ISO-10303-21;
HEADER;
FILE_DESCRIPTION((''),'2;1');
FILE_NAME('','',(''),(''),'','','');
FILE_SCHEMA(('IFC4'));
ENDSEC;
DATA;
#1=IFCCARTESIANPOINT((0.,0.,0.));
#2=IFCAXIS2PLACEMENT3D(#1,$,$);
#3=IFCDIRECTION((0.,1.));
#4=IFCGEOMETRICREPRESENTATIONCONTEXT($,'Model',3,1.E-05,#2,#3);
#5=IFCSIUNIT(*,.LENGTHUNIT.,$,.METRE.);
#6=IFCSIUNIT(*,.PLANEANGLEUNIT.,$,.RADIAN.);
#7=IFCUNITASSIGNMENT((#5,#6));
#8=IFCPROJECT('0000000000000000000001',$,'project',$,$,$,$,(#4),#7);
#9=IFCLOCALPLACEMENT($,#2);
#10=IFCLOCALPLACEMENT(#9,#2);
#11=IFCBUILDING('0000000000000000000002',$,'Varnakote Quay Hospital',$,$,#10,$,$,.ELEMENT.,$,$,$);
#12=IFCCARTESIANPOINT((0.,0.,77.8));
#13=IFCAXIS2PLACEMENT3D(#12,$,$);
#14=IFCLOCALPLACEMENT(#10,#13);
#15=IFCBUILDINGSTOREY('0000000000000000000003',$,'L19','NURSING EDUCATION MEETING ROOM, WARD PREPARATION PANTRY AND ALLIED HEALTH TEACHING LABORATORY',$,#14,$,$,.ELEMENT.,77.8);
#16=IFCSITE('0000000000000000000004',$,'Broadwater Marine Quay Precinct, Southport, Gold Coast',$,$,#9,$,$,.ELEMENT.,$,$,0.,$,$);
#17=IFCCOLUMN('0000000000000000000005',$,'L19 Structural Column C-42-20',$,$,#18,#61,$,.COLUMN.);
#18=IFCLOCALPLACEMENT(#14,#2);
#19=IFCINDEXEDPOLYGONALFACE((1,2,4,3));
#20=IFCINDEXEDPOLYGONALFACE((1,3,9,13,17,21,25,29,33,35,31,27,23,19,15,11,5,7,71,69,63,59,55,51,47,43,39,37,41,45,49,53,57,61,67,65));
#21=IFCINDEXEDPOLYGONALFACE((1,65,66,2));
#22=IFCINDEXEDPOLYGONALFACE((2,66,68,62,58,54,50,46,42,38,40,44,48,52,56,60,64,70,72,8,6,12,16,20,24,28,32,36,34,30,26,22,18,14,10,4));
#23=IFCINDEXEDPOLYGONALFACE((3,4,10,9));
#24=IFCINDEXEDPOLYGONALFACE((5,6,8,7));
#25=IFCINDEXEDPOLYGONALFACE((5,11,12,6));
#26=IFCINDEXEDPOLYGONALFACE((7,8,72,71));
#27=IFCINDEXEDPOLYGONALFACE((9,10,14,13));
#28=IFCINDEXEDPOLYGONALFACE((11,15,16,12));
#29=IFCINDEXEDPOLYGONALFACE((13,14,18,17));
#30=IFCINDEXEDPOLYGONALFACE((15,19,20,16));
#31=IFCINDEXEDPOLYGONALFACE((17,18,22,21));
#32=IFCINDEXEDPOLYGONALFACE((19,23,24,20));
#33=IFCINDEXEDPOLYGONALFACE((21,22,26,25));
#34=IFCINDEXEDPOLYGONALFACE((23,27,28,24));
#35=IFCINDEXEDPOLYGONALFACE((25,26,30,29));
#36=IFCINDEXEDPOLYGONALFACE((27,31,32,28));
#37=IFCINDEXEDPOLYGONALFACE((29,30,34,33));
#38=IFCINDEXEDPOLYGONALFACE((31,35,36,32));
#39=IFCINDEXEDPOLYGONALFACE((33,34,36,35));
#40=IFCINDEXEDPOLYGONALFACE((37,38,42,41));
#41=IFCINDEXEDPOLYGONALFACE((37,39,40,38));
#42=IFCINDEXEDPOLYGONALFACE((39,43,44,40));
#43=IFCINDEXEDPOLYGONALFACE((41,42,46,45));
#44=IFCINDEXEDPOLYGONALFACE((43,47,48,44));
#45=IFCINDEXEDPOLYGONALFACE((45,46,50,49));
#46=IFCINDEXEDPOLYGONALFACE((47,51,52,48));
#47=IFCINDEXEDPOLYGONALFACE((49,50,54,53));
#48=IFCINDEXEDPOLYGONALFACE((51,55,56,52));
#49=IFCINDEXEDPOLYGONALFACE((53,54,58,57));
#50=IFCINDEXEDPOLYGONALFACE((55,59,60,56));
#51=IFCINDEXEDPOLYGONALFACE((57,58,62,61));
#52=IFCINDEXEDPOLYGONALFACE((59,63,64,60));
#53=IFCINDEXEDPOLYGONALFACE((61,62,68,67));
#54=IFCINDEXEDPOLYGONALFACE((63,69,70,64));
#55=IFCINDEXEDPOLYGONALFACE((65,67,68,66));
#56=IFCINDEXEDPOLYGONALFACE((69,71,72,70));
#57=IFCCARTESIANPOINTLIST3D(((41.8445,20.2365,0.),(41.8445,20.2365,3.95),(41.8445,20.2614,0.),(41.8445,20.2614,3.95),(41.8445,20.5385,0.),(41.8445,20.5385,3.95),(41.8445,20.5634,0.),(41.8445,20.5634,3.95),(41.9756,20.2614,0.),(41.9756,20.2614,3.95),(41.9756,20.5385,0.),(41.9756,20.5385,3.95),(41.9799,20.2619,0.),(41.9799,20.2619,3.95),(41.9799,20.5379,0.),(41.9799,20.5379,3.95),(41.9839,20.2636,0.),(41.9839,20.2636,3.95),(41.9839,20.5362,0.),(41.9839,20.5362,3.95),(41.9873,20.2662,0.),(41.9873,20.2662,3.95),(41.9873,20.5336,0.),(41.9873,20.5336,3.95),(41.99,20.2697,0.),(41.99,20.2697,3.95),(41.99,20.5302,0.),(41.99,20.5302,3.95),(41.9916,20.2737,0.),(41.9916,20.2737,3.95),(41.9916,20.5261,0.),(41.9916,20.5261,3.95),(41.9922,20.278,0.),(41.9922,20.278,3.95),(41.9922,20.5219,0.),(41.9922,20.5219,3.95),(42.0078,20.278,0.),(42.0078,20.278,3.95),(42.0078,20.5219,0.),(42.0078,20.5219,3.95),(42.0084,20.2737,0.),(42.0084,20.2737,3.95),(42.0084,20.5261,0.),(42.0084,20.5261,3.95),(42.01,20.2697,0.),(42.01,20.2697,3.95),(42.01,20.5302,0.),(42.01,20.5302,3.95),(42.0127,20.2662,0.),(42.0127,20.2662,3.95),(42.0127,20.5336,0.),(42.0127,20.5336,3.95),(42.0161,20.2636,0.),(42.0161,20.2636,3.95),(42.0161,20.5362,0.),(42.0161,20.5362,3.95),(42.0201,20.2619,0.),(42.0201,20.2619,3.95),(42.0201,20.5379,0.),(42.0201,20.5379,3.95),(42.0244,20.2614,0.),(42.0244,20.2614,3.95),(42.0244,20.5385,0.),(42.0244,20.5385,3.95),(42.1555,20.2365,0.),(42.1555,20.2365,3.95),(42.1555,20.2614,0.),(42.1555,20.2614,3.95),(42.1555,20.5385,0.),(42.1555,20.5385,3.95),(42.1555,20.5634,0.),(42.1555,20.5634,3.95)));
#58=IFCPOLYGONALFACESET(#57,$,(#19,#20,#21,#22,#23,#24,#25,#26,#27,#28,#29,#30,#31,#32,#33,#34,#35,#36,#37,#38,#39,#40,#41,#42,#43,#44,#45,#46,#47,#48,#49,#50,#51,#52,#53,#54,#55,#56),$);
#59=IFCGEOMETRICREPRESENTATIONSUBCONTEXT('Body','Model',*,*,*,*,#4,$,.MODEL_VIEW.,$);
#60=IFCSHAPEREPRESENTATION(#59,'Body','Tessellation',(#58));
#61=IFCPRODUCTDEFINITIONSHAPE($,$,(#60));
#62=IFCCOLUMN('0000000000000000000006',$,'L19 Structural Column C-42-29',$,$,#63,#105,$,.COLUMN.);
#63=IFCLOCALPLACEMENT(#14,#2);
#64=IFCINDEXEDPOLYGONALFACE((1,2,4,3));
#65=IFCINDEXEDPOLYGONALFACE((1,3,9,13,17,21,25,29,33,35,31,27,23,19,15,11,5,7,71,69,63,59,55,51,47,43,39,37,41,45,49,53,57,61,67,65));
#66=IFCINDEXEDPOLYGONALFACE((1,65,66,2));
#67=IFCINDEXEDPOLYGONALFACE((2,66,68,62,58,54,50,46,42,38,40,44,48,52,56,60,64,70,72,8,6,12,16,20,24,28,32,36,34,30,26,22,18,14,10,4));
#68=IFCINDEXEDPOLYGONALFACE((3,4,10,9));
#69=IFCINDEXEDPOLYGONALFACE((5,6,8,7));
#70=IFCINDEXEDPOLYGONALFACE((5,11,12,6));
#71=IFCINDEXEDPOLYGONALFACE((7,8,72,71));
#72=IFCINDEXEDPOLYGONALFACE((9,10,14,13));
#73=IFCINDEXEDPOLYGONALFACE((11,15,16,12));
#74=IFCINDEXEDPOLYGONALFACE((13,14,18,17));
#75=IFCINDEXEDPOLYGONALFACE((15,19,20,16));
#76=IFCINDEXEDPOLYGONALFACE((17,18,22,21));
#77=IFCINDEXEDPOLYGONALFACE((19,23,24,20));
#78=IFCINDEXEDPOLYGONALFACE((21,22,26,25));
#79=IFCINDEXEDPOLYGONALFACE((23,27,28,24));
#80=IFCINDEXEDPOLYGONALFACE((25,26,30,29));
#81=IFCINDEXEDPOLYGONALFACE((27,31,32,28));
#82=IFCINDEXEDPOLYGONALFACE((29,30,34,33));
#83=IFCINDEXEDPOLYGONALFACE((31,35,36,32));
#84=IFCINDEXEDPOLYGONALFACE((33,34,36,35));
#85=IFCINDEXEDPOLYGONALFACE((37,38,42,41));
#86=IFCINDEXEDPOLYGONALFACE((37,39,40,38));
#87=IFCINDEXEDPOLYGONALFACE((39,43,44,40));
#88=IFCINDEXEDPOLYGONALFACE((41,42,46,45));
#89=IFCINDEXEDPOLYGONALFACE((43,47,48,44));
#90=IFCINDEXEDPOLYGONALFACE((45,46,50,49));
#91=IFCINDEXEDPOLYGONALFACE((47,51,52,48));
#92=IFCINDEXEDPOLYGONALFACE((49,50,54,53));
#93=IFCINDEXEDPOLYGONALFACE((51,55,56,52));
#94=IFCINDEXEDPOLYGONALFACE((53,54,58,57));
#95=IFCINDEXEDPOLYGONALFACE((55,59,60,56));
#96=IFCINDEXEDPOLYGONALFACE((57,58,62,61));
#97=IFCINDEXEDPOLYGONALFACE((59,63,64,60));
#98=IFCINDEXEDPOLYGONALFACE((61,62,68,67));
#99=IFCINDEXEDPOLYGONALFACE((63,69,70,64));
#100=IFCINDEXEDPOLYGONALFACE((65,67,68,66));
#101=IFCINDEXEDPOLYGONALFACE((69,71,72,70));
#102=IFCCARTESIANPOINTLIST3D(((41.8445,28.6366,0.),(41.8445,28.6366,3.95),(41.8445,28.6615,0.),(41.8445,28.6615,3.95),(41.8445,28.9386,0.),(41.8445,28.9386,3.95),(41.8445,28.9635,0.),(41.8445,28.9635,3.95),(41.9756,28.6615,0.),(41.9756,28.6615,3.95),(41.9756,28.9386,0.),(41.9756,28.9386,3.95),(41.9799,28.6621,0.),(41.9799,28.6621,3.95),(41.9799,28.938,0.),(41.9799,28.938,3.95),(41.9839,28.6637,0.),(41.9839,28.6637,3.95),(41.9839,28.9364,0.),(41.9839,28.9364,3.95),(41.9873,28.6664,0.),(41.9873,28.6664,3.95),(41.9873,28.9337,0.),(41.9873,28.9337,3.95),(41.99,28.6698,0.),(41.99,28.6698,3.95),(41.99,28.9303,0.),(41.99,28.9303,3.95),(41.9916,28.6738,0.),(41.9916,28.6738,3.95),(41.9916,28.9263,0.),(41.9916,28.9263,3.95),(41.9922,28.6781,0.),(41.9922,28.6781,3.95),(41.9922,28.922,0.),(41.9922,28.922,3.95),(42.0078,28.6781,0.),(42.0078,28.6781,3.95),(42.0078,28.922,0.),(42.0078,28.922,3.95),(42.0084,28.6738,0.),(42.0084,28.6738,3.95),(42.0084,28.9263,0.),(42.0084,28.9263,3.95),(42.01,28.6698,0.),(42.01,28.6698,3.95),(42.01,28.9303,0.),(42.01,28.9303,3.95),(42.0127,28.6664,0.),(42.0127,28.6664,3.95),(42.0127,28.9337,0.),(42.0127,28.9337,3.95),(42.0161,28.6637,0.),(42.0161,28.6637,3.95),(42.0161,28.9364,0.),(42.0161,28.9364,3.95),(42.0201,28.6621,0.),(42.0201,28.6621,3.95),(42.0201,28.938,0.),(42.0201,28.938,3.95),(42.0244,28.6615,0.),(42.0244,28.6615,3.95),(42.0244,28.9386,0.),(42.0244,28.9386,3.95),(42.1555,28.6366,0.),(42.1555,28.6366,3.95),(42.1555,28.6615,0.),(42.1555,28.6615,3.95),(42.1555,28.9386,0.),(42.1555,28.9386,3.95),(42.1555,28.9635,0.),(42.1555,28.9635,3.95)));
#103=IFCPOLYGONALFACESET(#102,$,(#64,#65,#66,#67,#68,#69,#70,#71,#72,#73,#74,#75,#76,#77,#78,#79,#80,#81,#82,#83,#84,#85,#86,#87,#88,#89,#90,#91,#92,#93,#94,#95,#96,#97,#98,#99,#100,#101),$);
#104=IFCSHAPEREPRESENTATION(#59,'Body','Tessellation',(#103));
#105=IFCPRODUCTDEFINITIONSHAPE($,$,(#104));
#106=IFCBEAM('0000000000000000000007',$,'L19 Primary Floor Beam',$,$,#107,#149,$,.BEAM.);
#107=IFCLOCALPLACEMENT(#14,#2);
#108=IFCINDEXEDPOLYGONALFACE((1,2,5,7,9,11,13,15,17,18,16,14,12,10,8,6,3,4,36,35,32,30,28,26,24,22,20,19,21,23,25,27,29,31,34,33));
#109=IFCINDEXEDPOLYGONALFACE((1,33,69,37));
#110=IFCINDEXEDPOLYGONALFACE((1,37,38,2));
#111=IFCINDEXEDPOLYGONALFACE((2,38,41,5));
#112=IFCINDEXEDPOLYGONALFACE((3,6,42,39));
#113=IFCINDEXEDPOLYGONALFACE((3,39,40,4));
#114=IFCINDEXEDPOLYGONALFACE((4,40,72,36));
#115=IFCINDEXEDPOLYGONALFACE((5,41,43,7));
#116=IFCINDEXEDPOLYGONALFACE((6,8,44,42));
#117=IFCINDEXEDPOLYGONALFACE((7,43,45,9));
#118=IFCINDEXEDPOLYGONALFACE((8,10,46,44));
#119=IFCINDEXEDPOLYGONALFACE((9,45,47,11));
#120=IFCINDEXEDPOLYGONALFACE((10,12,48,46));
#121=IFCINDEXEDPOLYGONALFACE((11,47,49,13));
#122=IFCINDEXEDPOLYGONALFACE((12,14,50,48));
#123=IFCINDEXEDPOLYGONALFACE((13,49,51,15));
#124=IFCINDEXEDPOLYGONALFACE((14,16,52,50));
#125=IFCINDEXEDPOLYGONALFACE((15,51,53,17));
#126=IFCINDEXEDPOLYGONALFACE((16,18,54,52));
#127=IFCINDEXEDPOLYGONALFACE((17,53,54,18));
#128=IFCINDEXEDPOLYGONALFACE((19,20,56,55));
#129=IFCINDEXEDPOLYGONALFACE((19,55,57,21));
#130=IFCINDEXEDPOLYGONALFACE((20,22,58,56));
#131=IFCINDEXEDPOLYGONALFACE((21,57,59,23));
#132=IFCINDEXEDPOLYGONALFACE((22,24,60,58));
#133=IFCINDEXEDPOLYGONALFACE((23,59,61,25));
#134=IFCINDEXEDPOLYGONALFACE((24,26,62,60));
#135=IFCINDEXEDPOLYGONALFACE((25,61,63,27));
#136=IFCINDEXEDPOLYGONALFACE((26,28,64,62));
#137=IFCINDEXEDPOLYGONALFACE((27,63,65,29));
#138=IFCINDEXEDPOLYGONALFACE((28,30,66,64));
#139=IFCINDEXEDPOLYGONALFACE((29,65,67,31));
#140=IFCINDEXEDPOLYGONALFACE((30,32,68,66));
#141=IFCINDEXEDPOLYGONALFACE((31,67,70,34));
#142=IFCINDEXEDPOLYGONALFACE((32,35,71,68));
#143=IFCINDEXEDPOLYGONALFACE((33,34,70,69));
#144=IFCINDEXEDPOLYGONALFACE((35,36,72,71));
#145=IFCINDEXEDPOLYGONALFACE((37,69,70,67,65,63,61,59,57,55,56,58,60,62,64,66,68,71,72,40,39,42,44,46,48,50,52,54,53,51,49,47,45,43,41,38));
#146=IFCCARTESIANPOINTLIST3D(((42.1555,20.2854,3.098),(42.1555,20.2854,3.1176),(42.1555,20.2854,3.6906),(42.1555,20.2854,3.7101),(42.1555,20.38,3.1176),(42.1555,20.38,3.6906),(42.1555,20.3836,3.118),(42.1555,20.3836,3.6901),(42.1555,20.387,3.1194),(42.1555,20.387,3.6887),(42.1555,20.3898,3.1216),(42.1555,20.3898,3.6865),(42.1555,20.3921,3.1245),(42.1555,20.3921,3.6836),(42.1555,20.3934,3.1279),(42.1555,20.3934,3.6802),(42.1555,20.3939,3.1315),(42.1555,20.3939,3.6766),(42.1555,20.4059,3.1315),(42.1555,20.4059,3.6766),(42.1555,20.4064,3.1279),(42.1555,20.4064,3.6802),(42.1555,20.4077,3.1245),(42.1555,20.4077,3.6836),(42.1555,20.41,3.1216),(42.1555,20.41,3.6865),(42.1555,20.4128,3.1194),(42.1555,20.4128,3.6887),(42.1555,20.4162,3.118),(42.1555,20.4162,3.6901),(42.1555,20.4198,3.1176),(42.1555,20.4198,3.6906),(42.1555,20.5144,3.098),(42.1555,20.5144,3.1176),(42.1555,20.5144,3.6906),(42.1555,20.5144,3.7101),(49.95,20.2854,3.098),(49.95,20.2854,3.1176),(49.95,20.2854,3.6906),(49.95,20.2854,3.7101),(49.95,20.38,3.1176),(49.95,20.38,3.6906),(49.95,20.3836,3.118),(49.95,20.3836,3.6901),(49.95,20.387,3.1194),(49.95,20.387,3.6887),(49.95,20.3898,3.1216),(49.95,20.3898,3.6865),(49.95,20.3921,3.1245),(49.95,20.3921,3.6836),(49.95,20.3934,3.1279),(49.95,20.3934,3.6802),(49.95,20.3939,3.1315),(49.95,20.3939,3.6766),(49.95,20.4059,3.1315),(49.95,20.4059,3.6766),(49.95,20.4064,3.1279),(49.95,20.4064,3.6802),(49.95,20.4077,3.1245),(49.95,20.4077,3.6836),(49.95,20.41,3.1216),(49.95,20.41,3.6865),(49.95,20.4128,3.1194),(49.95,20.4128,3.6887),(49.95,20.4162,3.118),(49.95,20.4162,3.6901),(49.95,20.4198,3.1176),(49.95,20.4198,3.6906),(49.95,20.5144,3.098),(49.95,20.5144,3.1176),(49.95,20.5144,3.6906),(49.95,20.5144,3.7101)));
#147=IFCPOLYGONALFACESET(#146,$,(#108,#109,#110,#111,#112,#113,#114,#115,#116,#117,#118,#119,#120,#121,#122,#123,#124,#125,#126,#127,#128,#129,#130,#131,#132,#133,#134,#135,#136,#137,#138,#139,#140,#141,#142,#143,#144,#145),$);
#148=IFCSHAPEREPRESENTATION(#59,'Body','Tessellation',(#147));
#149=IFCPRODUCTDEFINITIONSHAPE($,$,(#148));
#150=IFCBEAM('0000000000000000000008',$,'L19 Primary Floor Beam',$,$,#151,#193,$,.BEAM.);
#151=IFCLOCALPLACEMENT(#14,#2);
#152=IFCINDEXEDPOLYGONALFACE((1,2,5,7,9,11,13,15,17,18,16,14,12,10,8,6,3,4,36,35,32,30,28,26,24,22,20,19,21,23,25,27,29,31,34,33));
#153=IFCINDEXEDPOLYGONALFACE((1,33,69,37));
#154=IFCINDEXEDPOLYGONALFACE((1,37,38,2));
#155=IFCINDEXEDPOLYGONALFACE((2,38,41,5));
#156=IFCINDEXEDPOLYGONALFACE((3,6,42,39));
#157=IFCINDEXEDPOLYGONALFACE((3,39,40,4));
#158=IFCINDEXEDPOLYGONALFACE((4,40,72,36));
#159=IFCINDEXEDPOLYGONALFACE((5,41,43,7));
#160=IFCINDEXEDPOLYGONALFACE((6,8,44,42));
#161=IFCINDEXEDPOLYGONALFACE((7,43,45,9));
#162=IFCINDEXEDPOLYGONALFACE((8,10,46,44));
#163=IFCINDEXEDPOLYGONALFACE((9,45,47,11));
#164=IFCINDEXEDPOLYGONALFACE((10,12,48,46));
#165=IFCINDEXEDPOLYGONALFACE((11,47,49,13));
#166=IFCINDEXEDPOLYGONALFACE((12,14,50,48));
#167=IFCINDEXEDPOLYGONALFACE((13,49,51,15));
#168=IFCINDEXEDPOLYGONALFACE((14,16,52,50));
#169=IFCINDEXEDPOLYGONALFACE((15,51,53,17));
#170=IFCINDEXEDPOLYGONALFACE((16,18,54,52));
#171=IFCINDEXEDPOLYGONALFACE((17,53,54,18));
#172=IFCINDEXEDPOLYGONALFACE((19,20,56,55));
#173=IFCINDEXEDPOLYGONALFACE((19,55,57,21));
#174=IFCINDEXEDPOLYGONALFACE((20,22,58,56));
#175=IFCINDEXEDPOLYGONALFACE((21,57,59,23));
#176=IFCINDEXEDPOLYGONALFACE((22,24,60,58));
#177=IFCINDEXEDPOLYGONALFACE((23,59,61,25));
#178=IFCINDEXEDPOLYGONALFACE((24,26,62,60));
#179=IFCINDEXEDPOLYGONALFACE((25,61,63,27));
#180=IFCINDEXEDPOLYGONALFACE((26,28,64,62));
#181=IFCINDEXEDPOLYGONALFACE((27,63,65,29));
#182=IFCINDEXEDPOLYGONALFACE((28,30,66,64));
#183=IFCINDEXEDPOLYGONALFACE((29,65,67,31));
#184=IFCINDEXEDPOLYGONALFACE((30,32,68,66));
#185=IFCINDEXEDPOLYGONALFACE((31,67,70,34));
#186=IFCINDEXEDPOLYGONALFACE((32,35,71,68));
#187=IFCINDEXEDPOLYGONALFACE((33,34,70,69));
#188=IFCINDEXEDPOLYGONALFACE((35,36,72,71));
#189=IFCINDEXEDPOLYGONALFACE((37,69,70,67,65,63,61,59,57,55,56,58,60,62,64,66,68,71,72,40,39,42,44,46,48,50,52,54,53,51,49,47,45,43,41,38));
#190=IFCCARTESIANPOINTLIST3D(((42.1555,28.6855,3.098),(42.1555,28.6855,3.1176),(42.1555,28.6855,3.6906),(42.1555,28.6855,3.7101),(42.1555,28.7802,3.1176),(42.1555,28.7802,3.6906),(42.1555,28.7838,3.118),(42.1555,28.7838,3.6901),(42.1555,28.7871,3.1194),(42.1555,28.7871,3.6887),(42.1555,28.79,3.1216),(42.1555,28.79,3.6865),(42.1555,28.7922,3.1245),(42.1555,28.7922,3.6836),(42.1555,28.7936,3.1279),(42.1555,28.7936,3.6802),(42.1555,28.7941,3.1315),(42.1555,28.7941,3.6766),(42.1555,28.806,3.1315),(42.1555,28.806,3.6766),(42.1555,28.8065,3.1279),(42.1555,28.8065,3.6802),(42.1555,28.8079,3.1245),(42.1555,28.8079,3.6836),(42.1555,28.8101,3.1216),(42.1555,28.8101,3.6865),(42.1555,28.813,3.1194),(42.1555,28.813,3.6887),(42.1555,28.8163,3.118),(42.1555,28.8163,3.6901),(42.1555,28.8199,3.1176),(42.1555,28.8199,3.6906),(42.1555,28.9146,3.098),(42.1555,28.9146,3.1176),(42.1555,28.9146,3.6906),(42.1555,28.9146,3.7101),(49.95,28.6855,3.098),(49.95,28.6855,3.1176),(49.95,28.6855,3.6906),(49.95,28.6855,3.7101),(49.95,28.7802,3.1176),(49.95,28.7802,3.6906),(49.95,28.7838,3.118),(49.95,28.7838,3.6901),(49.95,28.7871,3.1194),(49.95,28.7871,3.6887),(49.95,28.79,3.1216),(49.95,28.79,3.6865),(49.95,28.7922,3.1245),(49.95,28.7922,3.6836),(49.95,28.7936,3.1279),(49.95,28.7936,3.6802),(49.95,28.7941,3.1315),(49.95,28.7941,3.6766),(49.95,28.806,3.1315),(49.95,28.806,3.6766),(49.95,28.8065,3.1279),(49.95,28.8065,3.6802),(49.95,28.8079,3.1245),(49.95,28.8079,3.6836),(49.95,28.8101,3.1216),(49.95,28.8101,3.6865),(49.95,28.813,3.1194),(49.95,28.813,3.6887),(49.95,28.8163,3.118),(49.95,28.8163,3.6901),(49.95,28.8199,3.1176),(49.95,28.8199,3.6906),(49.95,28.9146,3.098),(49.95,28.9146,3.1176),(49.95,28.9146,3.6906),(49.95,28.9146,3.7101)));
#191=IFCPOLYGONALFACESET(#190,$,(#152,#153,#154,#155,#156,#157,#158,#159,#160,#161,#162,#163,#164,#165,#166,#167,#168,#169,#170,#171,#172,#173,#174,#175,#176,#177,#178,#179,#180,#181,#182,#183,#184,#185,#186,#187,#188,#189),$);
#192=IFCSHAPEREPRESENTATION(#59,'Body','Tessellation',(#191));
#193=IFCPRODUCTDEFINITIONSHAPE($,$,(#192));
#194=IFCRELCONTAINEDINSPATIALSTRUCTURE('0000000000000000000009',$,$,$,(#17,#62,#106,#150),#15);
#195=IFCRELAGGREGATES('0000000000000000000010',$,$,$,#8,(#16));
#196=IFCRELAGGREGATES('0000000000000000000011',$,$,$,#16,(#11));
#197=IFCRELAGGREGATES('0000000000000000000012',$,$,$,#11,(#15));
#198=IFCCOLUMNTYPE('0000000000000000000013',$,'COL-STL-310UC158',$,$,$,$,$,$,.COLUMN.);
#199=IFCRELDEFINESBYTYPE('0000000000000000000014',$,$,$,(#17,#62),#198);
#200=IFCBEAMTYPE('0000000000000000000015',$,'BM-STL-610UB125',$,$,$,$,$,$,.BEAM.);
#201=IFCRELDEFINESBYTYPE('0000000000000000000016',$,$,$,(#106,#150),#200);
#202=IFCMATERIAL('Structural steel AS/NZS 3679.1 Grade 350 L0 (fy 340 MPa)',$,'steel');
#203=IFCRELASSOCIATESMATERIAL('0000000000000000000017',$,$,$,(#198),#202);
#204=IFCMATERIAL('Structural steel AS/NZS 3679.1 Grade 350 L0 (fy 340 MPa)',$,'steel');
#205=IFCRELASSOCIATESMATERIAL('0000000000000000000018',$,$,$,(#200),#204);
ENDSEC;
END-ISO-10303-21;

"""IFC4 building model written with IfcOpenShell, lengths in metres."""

from ifc_helpers import new_model, si_unit, direction, frame, origin, origin_2d, place, context, subcontext, project, spatial, i_section, extrude, material, material_profile, profile_set, type_object, element, save


model = new_model("IFC4")

# Units and contexts
model_context = context("Model", 3, precision=1e-05, world=origin(), true_north=direction((0.0, 1.0)))
body_context = subcontext(model_context, "Body", "Model", "MODEL_VIEW")
ifc_project = project(units=[si_unit("LENGTHUNIT", "METRE"), si_unit("PLANEANGLEUNIT", "RADIAN")], contexts=[model_context])

# Site, building, storey
site_placement = place(None, origin())
site = spatial("IfcSite", under=ifc_project, at=site_placement, Name="Broadwater Marine Quay Precinct, Southport, Gold Coast", CompositionType="ELEMENT", RefElevation=0.0)
building_placement = place(site_placement, origin())
building = spatial("IfcBuilding", under=site, at=building_placement, Name="Varnakote Quay Hospital", CompositionType="ELEMENT")
storey_placement = place(building_placement, frame((0.0, 0.0, 77.8)))
storey = spatial("IfcBuildingStorey", under=building, at=storey_placement, Name="L19", Description="NURSING EDUCATION MEETING ROOM, WARD PREPARATION PANTRY AND ALLIED HEALTH TEACHING LABORATORY", CompositionType="ELEMENT", Elevation=77.8)

# Columns
ifc_material_1 = material(Name="Structural steel AS/NZS 3679.1 Grade 350 L0 (fy 340 MPa)", Category="steel")
ifc_material_profile_1 = material_profile(ifc_material_1, i_section(OverallWidth=0.311, OverallDepth=0.3269, WebThickness=0.0156, FlangeThickness=0.0249, FilletRadius=0.0166, at=origin_2d()), Name="310UC158")
ifc_profile_set_1 = profile_set([ifc_material_profile_1], Name="Structural steel AS/NZS 3679.1 Grade 350 L0 (fy 340 MPa)")
column_type = type_object("IfcColumnType", Name="COL-STL-310UC158", PredefinedType="COLUMN", material=ifc_profile_set_1)
for number, where, z_axis, x_axis, name in (
    (1, (42.0, 20.3999, 0.0), (0.0, 0.0, 1.0), (1.0, 0.0, 0.0), "L19 Structural Column C-42-20"),
    (2, (42.0, 28.8, 0.0), (0.0, 0.0, 1.0), (1.0, 0.0, 0.0), "L19 Structural Column C-42-29"),
):
    element("IfcColumn", number, at=place(storey_placement, frame(where, z_axis=z_axis, x_axis=x_axis)), inside=storey, type_object=column_type, Name=name, PredefinedType="COLUMN", context=body_context, shape_type="SweptSolid", body=[
        extrude(i_section(OverallWidth=0.311, OverallDepth=0.3269, WebThickness=0.0156, FlangeThickness=0.0249, FilletRadius=0.0166, at=origin_2d()), origin(), (0.0, 0.0, 1.0), 3.95),
    ])

# Beams
ifc_material_2 = material(Name="Structural steel AS/NZS 3679.1 Grade 350 L0 (fy 340 MPa)", Category="steel")
ifc_material_profile_2 = material_profile(ifc_material_2, i_section(OverallWidth=0.229, OverallDepth=0.6121, WebThickness=0.012, FlangeThickness=0.0195, FilletRadius=0.0139, at=origin_2d()), Name="610UB125")
ifc_profile_set_2 = profile_set([ifc_material_profile_2], Name="Structural steel AS/NZS 3679.1 Grade 350 L0 (fy 340 MPa)")
beam_type_1 = type_object("IfcBeamType", Name="BM-STL-610UB125", PredefinedType="BEAM", material=ifc_profile_set_2)
for number, where, z_axis, x_axis, name in (
    (3, (42.1555, 20.3999, 3.4041), (1.0, 0.0, 0.0), (0.0, 1.0, 0.0), "L19 Primary Floor Beam"),
    (4, (42.1555, 28.8, 3.4041), (1.0, 0.0, 0.0), (0.0, 1.0, 0.0), "L19 Primary Floor Beam"),
):
    element("IfcBeam", number, at=place(storey_placement, frame(where, z_axis=z_axis, x_axis=x_axis)), inside=storey, type_object=beam_type_1, Name=name, PredefinedType="BEAM", context=body_context, shape_type="SweptSolid", body=[
        extrude(i_section(OverallWidth=0.229, OverallDepth=0.6121, WebThickness=0.012, FlangeThickness=0.0195, FilletRadius=0.0139, at=origin_2d()), origin(), (0.0, 0.0, 1.0), 7.7944),
    ])

save(model, "model.ifc")
